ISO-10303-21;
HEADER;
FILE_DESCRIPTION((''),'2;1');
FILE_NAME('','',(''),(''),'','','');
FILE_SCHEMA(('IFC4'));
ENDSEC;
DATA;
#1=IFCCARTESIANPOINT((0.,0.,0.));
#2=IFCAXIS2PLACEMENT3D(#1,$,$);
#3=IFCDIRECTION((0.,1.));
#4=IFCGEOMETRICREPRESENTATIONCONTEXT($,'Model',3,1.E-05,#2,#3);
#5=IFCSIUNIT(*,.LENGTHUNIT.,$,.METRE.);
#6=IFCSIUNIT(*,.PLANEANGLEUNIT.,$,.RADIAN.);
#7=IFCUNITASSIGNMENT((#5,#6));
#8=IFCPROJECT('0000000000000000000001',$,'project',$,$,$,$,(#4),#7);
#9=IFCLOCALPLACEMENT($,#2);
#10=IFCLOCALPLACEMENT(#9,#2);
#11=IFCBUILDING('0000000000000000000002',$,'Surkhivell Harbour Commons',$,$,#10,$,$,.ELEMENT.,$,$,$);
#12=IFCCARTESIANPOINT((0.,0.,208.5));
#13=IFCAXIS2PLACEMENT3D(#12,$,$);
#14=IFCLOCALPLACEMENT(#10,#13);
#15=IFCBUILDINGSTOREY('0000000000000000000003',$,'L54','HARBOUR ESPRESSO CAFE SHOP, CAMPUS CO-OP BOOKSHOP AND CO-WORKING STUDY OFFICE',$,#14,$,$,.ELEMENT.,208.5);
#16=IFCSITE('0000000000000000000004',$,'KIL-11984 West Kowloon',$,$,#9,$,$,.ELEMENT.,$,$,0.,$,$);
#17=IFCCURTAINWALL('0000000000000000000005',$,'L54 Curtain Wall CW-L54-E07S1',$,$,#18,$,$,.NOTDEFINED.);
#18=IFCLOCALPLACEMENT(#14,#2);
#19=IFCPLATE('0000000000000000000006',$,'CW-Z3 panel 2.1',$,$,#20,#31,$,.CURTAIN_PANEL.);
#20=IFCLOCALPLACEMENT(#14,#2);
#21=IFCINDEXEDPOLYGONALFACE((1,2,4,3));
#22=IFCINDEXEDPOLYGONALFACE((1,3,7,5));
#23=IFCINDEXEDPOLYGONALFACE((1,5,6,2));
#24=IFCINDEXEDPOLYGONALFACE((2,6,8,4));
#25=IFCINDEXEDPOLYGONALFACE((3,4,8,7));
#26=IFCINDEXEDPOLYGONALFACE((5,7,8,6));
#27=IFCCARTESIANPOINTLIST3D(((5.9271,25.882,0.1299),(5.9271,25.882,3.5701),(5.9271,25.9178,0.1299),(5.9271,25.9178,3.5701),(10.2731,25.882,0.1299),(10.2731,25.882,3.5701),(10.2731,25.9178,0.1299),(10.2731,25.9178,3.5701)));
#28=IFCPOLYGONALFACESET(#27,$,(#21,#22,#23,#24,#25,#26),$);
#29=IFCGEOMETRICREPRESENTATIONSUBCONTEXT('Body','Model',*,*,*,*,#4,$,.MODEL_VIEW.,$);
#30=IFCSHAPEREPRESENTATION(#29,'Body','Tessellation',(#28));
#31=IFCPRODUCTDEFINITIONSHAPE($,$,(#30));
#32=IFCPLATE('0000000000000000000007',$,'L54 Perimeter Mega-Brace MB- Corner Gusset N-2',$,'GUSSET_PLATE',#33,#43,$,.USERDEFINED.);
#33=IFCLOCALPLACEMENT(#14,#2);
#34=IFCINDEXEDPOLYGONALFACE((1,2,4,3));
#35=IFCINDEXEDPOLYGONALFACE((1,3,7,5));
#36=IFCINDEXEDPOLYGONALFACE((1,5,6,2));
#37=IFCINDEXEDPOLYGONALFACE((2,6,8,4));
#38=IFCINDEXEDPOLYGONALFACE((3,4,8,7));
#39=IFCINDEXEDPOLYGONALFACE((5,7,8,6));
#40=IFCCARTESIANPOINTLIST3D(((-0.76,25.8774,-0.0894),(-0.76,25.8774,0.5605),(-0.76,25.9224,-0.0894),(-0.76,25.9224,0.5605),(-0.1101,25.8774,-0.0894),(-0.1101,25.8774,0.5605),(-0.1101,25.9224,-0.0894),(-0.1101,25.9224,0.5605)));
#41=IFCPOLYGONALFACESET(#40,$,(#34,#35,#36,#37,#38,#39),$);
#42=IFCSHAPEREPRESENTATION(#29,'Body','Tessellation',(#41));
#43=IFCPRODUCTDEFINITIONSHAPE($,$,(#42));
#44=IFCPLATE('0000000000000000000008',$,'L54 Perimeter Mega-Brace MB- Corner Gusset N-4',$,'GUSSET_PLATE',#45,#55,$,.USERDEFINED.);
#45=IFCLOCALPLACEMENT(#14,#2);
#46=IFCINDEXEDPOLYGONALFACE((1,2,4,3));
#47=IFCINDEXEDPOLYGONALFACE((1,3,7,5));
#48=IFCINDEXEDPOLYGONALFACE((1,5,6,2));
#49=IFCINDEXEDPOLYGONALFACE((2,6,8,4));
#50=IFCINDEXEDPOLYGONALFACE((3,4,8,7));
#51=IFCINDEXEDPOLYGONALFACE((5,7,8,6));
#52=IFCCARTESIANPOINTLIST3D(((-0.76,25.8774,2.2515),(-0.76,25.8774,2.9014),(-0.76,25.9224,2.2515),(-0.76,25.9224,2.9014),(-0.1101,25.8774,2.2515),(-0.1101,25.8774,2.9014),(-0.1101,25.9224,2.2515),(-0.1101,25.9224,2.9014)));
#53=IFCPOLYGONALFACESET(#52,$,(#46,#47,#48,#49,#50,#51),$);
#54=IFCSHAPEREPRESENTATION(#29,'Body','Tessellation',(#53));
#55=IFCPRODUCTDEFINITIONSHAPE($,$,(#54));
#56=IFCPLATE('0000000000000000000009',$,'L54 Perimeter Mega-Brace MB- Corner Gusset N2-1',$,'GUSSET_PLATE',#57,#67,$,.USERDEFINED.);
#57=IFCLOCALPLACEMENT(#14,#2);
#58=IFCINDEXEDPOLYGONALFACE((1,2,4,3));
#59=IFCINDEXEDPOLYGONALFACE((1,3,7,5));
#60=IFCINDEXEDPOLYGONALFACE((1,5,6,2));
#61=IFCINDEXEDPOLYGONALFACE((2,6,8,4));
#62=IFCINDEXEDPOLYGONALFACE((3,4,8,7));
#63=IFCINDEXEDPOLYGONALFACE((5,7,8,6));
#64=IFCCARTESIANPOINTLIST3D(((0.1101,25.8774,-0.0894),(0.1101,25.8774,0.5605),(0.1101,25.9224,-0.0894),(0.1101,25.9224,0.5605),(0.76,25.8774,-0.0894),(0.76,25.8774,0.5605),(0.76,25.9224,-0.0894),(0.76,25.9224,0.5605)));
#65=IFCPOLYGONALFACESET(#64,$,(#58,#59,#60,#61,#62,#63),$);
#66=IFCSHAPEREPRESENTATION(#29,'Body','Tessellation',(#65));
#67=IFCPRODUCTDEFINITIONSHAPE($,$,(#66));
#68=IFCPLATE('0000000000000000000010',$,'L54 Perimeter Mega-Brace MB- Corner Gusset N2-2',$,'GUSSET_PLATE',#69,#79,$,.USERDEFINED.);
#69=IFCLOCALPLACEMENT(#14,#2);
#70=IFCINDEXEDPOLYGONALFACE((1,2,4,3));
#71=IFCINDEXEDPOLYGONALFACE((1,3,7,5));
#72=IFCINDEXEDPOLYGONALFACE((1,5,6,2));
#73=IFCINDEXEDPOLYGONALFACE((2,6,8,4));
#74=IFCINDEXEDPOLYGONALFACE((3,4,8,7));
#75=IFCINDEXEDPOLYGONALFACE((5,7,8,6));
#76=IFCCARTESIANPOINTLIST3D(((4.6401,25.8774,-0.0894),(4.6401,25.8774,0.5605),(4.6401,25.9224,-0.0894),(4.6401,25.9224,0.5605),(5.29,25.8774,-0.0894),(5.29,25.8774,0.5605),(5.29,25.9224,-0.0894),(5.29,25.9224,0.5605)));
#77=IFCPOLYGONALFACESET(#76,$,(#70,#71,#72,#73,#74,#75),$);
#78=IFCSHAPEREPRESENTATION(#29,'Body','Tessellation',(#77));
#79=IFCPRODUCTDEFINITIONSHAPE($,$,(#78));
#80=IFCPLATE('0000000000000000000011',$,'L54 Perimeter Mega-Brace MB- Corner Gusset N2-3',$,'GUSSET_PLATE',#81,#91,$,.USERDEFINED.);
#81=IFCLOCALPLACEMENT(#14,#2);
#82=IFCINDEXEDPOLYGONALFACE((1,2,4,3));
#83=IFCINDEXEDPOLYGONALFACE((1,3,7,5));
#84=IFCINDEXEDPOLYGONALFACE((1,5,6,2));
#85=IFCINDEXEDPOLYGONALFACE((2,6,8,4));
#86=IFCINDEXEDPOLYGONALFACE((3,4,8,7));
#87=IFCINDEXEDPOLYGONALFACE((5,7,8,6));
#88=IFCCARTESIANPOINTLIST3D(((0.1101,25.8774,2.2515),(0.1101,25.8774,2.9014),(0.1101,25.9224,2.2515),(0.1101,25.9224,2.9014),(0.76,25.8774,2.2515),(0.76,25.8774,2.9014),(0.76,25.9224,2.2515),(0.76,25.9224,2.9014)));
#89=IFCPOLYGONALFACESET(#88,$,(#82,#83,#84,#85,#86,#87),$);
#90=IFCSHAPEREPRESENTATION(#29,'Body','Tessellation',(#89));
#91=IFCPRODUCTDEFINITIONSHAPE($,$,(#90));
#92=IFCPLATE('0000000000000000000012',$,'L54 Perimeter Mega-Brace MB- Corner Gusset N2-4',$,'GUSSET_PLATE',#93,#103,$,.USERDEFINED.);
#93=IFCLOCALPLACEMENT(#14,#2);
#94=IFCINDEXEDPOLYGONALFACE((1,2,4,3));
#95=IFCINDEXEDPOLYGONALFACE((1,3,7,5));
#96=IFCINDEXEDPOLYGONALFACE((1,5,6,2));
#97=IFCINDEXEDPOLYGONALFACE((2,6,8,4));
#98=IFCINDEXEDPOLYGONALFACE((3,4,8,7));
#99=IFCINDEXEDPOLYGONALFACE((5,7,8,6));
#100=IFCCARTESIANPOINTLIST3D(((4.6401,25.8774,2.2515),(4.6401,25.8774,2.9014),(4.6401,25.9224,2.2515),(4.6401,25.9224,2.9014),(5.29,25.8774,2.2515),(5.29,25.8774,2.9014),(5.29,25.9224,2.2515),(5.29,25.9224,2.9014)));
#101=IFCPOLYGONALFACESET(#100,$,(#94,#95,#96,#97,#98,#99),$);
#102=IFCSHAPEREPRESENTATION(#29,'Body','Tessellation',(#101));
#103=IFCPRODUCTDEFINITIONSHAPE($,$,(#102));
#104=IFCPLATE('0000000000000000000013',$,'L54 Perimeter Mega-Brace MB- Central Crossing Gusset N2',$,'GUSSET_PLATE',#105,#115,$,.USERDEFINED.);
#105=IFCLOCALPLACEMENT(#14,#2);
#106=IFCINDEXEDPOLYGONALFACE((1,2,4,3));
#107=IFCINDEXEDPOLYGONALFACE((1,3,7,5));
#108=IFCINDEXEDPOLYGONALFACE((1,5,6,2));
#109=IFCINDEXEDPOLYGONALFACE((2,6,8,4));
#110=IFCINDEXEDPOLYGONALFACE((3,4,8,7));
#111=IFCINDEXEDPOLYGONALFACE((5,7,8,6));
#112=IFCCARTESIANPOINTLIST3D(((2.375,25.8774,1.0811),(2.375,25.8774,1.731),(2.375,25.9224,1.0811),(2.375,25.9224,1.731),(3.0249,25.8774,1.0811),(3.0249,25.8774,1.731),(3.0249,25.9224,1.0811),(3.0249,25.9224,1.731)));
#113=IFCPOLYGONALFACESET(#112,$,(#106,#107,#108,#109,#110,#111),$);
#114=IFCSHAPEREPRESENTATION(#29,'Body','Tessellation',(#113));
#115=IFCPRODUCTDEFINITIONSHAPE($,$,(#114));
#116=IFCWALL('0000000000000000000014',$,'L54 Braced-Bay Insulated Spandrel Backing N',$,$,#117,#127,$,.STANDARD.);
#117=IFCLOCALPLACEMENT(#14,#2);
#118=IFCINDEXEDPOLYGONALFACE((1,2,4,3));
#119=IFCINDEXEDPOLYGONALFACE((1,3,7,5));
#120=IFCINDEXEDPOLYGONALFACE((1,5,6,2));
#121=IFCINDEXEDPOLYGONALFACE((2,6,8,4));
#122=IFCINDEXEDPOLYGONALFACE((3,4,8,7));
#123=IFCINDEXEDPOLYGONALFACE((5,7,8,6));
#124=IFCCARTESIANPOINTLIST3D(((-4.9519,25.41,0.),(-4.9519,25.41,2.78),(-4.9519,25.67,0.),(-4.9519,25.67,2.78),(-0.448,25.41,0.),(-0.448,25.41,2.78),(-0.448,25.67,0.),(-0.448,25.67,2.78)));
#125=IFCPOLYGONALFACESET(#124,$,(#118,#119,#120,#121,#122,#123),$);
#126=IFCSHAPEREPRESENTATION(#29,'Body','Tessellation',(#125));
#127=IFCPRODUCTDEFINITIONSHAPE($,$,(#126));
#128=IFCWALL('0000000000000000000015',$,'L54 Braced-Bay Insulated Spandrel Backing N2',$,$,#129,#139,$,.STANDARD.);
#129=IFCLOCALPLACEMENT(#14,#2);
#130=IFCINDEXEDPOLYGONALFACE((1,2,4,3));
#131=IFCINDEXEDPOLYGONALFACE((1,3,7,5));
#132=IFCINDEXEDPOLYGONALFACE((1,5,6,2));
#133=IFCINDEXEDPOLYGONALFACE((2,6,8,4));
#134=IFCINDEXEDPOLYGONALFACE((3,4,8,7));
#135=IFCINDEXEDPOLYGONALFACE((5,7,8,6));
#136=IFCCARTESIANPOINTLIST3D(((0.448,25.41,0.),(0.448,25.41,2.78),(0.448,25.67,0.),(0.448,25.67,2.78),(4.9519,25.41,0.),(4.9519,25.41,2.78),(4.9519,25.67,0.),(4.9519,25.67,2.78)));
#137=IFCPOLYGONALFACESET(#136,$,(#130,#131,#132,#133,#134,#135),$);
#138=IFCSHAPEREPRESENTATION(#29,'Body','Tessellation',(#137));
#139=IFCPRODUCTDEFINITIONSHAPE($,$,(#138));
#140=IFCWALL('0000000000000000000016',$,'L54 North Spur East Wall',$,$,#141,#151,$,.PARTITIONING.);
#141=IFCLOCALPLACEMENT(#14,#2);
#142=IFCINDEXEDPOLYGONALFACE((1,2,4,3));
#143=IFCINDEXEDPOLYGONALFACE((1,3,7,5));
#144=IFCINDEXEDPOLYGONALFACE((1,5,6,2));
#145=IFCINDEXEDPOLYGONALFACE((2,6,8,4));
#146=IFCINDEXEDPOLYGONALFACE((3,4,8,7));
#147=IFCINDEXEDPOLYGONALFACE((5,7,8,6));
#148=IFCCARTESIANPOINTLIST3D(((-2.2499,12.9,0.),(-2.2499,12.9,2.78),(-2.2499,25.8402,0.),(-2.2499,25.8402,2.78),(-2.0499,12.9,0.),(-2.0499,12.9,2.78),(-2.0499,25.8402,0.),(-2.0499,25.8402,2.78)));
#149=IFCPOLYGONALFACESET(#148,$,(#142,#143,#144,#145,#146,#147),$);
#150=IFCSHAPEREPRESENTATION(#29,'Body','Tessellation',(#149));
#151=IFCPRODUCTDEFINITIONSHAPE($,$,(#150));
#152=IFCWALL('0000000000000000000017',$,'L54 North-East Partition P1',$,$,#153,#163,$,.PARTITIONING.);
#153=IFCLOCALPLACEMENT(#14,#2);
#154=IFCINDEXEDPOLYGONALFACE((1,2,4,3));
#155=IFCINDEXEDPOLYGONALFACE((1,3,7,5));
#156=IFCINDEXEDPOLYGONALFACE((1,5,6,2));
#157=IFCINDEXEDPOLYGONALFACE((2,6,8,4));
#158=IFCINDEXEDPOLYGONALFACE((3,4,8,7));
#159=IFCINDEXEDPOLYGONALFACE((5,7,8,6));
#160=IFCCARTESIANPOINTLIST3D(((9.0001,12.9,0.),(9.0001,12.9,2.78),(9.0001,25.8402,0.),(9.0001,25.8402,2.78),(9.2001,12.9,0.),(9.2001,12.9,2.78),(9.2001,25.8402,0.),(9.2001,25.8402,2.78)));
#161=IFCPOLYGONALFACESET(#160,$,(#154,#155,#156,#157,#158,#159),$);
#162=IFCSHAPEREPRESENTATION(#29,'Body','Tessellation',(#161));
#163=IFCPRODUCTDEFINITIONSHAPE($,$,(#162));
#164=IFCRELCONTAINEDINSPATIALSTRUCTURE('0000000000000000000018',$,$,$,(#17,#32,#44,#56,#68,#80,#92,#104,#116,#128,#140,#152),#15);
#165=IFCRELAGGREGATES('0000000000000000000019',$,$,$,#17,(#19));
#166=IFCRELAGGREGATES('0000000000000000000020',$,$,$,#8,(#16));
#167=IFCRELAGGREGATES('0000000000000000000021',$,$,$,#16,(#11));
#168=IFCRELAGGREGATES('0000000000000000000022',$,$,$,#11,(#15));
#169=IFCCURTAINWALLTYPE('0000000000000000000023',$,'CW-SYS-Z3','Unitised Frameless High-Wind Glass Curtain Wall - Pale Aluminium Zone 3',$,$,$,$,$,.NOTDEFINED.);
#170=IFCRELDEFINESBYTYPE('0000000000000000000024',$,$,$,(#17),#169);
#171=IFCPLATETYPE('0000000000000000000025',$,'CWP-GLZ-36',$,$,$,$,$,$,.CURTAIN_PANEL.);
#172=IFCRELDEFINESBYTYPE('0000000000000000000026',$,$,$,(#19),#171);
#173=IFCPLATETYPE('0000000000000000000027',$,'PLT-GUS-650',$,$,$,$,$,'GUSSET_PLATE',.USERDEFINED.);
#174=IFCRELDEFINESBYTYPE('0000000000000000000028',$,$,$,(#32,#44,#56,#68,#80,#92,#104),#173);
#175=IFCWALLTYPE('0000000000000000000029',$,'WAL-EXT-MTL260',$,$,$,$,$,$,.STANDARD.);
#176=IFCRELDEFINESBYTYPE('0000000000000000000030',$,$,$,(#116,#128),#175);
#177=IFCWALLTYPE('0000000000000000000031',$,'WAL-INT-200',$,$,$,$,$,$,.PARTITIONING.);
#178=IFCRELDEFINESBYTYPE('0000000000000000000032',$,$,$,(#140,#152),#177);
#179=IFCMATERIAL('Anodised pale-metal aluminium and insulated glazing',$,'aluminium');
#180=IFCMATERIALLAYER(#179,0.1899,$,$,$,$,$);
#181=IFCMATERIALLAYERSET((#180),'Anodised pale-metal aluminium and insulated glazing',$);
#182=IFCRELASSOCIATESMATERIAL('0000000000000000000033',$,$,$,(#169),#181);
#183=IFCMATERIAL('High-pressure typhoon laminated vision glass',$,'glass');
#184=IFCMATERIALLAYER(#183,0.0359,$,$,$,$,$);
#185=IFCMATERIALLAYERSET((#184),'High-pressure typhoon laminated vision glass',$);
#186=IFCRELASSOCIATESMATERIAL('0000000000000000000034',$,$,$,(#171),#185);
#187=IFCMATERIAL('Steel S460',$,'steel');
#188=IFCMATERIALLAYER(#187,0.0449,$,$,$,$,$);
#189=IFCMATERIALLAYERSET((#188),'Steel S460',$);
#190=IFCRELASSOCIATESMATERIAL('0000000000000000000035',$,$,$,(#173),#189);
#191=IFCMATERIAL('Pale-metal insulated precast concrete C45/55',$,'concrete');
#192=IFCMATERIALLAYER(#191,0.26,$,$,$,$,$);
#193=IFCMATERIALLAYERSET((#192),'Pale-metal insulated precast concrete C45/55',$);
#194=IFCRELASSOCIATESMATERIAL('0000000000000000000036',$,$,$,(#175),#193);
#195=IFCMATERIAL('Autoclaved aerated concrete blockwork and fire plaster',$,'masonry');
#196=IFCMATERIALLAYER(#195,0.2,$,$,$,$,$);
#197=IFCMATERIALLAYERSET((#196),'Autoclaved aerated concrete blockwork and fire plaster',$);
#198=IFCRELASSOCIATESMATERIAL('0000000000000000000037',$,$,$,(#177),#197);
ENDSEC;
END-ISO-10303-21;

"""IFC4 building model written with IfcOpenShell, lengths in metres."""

from ifc_helpers import new_model, si_unit, direction, frame, frame_2d, origin, origin_2d, place, context, subcontext, project, spatial, rectangle, extrude, material, layer, layer_set, type_object, element, aggregate, save


model = new_model("IFC4")

# Units and contexts
model_context = context("Model", 3, precision=1e-05, world=origin(), true_north=direction((0.0, 1.0)))
body_context = subcontext(model_context, "Body", "Model", "MODEL_VIEW")
ifc_project = project(units=[si_unit("LENGTHUNIT", "METRE"), si_unit("PLANEANGLEUNIT", "RADIAN")], contexts=[model_context])

# Site, building, storey
site_placement = place(None, origin())
site = spatial("IfcSite", under=ifc_project, at=site_placement, Name="KIL-11984 West Kowloon", CompositionType="ELEMENT", RefElevation=0.0)
building_placement = place(site_placement, origin())
building = spatial("IfcBuilding", under=site, at=building_placement, Name="Surkhivell Harbour Commons", CompositionType="ELEMENT")
storey_placement = place(building_placement, frame((0.0, 0.0, 208.5)))
storey = spatial("IfcBuildingStorey", under=building, at=storey_placement, Name="L54", Description="HARBOUR ESPRESSO CAFE SHOP, CAMPUS CO-OP BOOKSHOP AND CO-WORKING STUDY OFFICE", CompositionType="ELEMENT", Elevation=208.5)

# Curtain wall
ifc_material_1 = material(Name="Anodised pale-metal aluminium and insulated glazing", Category="aluminium")
ifc_layer_1 = layer(ifc_material_1, 0.1899)
ifc_layer_set_1 = layer_set([ifc_layer_1], Name="Anodised pale-metal aluminium and insulated glazing")
curtain_wall_type = type_object("IfcCurtainWallType", Name="CW-SYS-Z3", Description="Unitised Frameless High-Wind Glass Curtain Wall - Pale Aluminium Zone 3", PredefinedType="NOTDEFINED", material=ifc_layer_set_1)
curtain_wall_placement = place(storey_placement, origin())
curtain_wall = element("IfcCurtainWall", 1, at=curtain_wall_placement, inside=storey, type_object=curtain_wall_type, Name="L54 Curtain Wall CW-L54-E07S1", PredefinedType="NOTDEFINED")

# Shared definitions
ifc_material_2 = material(Name="Steel S460", Category="steel")

# Plate
ifc_material_3 = material(Name="High-pressure typhoon laminated vision glass", Category="glass")
ifc_layer_2 = layer(ifc_material_3, 0.0359)
ifc_layer_set_2 = layer_set([ifc_layer_2], Name="High-pressure typhoon laminated vision glass")
plate_type_1 = type_object("IfcPlateType", Name="CWP-GLZ-36", PredefinedType="CURTAIN_PANEL", material=ifc_layer_set_2)
plate_placement = place(storey_placement, frame((10.2729, 25.8999, 0.1299), z_axis=(0.0, 0.0, 1.0), x_axis=(-1.0, 0.0, 0.0)))
plate = element("IfcPlate", 2, at=plate_placement, type_object=plate_type_1, Name="CW-Z3 panel 2.1", PredefinedType="CURTAIN_PANEL", context=body_context, shape_type="SweptSolid", body=[
    extrude(rectangle(XDim=4.3459, YDim=0.0359, at=frame_2d((2.1729, 0.0))), origin(), (0.0, 0.0, 1.0), 3.4402),
])
aggregate(curtain_wall, [plate])

# Plates
ifc_layer_3 = layer(ifc_material_2, 0.0449)
ifc_layer_set_3 = layer_set([ifc_layer_3], Name="Steel S460")
plate_type_2 = type_object("IfcPlateType", Name="PLT-GUS-650", ElementType="GUSSET_PLATE", PredefinedType="USERDEFINED", material=ifc_layer_set_3)
for number, where, z_axis, x_axis, name in (
    (3, (-0.4351, 25.8999, -0.0894), (0.0, 0.0, 1.0), (1.0, 0.0, 0.0), "L54 Perimeter Mega-Brace MB- Corner Gusset N-2"),
    (4, (-0.4351, 25.8999, 2.2515), (0.0, 0.0, 1.0), (1.0, 0.0, 0.0), "L54 Perimeter Mega-Brace MB- Corner Gusset N-4"),
    (5, (0.4351, 25.8999, -0.0894), (0.0, 0.0, 1.0), (1.0, 0.0, 0.0), "L54 Perimeter Mega-Brace MB- Corner Gusset N2-1"),
    (6, (4.9651, 25.8999, -0.0894), (0.0, 0.0, 1.0), (1.0, 0.0, 0.0), "L54 Perimeter Mega-Brace MB- Corner Gusset N2-2"),
    (7, (0.4351, 25.8999, 2.2515), (0.0, 0.0, 1.0), (1.0, 0.0, 0.0), "L54 Perimeter Mega-Brace MB- Corner Gusset N2-3"),
    (8, (4.9651, 25.8999, 2.2515), (0.0, 0.0, 1.0), (1.0, 0.0, 0.0), "L54 Perimeter Mega-Brace MB- Corner Gusset N2-4"),
    (9, (2.7, 25.8999, 1.0811), (0.0, 0.0, 1.0), (1.0, 0.0, 0.0), "L54 Perimeter Mega-Brace MB- Central Crossing Gusset N2"),
):
    element("IfcPlate", number, at=place(storey_placement, frame(where, z_axis=z_axis, x_axis=x_axis)), inside=storey, type_object=plate_type_2, Name=name, ObjectType="GUSSET_PLATE", PredefinedType="USERDEFINED", context=body_context, shape_type="SweptSolid", body=[
        extrude(rectangle(XDim=0.6499, YDim=0.0449, at=origin_2d()), origin(), (0.0, 0.0, 1.0), 0.6499),
    ])

# Walls
ifc_material_4 = material(Name="Pale-metal insulated precast concrete C45/55", Category="concrete")
ifc_layer_4 = layer(ifc_material_4, 0.26)
ifc_layer_set_4 = layer_set([ifc_layer_4], Name="Pale-metal insulated precast concrete C45/55")
wall_type_1 = type_object("IfcWallType", Name="WAL-EXT-MTL260", PredefinedType="STANDARD", material=ifc_layer_set_4)
for number, where, z_axis, x_axis, name in (
    (10, (-0.448, 25.54, 0.0), (0.0, 0.0, 1.0), (-1.0, 0.0, 0.0), "L54 Braced-Bay Insulated Spandrel Backing N"),
    (11, (4.9519, 25.54, 0.0), (0.0, 0.0, 1.0), (-1.0, 0.0, 0.0), "L54 Braced-Bay Insulated Spandrel Backing N2"),
):
    element("IfcWall", number, at=place(storey_placement, frame(where, z_axis=z_axis, x_axis=x_axis)), inside=storey, type_object=wall_type_1, Name=name, PredefinedType="STANDARD", context=body_context, shape_type="SweptSolid", body=[
        extrude(rectangle(XDim=4.5039, YDim=0.26, at=frame_2d((2.252, 0.0))), origin(), (0.0, 0.0, 1.0), 2.78),
    ])
ifc_material_5 = material(Name="Autoclaved aerated concrete blockwork and fire plaster", Category="masonry")
ifc_layer_5 = layer(ifc_material_5, 0.2)
ifc_layer_set_5 = layer_set([ifc_layer_5], Name="Autoclaved aerated concrete blockwork and fire plaster")
wall_type_2 = type_object("IfcWallType", Name="WAL-INT-200", PredefinedType="PARTITIONING", material=ifc_layer_set_5)
for number, where, z_axis, x_axis, name in (
    (12, (-2.1499, 12.8999, 0.0), (0.0, 0.0, 1.0), (0.0, 1.0, 0.0), "L54 North Spur East Wall"),
    (13, (9.1001, 12.8999, 0.0), (0.0, 0.0, 1.0), (0.0, 1.0, 0.0), "L54 North-East Partition P1"),
):
    element("IfcWall", number, at=place(storey_placement, frame(where, z_axis=z_axis, x_axis=x_axis)), inside=storey, type_object=wall_type_2, Name=name, PredefinedType="PARTITIONING", context=body_context, shape_type="SweptSolid", body=[
        extrude(rectangle(XDim=12.9402, YDim=0.2, at=frame_2d((6.4702, 0.0))), origin(), (0.0, 0.0, 1.0), 2.78),
    ])

save(model, "model.ifc")
